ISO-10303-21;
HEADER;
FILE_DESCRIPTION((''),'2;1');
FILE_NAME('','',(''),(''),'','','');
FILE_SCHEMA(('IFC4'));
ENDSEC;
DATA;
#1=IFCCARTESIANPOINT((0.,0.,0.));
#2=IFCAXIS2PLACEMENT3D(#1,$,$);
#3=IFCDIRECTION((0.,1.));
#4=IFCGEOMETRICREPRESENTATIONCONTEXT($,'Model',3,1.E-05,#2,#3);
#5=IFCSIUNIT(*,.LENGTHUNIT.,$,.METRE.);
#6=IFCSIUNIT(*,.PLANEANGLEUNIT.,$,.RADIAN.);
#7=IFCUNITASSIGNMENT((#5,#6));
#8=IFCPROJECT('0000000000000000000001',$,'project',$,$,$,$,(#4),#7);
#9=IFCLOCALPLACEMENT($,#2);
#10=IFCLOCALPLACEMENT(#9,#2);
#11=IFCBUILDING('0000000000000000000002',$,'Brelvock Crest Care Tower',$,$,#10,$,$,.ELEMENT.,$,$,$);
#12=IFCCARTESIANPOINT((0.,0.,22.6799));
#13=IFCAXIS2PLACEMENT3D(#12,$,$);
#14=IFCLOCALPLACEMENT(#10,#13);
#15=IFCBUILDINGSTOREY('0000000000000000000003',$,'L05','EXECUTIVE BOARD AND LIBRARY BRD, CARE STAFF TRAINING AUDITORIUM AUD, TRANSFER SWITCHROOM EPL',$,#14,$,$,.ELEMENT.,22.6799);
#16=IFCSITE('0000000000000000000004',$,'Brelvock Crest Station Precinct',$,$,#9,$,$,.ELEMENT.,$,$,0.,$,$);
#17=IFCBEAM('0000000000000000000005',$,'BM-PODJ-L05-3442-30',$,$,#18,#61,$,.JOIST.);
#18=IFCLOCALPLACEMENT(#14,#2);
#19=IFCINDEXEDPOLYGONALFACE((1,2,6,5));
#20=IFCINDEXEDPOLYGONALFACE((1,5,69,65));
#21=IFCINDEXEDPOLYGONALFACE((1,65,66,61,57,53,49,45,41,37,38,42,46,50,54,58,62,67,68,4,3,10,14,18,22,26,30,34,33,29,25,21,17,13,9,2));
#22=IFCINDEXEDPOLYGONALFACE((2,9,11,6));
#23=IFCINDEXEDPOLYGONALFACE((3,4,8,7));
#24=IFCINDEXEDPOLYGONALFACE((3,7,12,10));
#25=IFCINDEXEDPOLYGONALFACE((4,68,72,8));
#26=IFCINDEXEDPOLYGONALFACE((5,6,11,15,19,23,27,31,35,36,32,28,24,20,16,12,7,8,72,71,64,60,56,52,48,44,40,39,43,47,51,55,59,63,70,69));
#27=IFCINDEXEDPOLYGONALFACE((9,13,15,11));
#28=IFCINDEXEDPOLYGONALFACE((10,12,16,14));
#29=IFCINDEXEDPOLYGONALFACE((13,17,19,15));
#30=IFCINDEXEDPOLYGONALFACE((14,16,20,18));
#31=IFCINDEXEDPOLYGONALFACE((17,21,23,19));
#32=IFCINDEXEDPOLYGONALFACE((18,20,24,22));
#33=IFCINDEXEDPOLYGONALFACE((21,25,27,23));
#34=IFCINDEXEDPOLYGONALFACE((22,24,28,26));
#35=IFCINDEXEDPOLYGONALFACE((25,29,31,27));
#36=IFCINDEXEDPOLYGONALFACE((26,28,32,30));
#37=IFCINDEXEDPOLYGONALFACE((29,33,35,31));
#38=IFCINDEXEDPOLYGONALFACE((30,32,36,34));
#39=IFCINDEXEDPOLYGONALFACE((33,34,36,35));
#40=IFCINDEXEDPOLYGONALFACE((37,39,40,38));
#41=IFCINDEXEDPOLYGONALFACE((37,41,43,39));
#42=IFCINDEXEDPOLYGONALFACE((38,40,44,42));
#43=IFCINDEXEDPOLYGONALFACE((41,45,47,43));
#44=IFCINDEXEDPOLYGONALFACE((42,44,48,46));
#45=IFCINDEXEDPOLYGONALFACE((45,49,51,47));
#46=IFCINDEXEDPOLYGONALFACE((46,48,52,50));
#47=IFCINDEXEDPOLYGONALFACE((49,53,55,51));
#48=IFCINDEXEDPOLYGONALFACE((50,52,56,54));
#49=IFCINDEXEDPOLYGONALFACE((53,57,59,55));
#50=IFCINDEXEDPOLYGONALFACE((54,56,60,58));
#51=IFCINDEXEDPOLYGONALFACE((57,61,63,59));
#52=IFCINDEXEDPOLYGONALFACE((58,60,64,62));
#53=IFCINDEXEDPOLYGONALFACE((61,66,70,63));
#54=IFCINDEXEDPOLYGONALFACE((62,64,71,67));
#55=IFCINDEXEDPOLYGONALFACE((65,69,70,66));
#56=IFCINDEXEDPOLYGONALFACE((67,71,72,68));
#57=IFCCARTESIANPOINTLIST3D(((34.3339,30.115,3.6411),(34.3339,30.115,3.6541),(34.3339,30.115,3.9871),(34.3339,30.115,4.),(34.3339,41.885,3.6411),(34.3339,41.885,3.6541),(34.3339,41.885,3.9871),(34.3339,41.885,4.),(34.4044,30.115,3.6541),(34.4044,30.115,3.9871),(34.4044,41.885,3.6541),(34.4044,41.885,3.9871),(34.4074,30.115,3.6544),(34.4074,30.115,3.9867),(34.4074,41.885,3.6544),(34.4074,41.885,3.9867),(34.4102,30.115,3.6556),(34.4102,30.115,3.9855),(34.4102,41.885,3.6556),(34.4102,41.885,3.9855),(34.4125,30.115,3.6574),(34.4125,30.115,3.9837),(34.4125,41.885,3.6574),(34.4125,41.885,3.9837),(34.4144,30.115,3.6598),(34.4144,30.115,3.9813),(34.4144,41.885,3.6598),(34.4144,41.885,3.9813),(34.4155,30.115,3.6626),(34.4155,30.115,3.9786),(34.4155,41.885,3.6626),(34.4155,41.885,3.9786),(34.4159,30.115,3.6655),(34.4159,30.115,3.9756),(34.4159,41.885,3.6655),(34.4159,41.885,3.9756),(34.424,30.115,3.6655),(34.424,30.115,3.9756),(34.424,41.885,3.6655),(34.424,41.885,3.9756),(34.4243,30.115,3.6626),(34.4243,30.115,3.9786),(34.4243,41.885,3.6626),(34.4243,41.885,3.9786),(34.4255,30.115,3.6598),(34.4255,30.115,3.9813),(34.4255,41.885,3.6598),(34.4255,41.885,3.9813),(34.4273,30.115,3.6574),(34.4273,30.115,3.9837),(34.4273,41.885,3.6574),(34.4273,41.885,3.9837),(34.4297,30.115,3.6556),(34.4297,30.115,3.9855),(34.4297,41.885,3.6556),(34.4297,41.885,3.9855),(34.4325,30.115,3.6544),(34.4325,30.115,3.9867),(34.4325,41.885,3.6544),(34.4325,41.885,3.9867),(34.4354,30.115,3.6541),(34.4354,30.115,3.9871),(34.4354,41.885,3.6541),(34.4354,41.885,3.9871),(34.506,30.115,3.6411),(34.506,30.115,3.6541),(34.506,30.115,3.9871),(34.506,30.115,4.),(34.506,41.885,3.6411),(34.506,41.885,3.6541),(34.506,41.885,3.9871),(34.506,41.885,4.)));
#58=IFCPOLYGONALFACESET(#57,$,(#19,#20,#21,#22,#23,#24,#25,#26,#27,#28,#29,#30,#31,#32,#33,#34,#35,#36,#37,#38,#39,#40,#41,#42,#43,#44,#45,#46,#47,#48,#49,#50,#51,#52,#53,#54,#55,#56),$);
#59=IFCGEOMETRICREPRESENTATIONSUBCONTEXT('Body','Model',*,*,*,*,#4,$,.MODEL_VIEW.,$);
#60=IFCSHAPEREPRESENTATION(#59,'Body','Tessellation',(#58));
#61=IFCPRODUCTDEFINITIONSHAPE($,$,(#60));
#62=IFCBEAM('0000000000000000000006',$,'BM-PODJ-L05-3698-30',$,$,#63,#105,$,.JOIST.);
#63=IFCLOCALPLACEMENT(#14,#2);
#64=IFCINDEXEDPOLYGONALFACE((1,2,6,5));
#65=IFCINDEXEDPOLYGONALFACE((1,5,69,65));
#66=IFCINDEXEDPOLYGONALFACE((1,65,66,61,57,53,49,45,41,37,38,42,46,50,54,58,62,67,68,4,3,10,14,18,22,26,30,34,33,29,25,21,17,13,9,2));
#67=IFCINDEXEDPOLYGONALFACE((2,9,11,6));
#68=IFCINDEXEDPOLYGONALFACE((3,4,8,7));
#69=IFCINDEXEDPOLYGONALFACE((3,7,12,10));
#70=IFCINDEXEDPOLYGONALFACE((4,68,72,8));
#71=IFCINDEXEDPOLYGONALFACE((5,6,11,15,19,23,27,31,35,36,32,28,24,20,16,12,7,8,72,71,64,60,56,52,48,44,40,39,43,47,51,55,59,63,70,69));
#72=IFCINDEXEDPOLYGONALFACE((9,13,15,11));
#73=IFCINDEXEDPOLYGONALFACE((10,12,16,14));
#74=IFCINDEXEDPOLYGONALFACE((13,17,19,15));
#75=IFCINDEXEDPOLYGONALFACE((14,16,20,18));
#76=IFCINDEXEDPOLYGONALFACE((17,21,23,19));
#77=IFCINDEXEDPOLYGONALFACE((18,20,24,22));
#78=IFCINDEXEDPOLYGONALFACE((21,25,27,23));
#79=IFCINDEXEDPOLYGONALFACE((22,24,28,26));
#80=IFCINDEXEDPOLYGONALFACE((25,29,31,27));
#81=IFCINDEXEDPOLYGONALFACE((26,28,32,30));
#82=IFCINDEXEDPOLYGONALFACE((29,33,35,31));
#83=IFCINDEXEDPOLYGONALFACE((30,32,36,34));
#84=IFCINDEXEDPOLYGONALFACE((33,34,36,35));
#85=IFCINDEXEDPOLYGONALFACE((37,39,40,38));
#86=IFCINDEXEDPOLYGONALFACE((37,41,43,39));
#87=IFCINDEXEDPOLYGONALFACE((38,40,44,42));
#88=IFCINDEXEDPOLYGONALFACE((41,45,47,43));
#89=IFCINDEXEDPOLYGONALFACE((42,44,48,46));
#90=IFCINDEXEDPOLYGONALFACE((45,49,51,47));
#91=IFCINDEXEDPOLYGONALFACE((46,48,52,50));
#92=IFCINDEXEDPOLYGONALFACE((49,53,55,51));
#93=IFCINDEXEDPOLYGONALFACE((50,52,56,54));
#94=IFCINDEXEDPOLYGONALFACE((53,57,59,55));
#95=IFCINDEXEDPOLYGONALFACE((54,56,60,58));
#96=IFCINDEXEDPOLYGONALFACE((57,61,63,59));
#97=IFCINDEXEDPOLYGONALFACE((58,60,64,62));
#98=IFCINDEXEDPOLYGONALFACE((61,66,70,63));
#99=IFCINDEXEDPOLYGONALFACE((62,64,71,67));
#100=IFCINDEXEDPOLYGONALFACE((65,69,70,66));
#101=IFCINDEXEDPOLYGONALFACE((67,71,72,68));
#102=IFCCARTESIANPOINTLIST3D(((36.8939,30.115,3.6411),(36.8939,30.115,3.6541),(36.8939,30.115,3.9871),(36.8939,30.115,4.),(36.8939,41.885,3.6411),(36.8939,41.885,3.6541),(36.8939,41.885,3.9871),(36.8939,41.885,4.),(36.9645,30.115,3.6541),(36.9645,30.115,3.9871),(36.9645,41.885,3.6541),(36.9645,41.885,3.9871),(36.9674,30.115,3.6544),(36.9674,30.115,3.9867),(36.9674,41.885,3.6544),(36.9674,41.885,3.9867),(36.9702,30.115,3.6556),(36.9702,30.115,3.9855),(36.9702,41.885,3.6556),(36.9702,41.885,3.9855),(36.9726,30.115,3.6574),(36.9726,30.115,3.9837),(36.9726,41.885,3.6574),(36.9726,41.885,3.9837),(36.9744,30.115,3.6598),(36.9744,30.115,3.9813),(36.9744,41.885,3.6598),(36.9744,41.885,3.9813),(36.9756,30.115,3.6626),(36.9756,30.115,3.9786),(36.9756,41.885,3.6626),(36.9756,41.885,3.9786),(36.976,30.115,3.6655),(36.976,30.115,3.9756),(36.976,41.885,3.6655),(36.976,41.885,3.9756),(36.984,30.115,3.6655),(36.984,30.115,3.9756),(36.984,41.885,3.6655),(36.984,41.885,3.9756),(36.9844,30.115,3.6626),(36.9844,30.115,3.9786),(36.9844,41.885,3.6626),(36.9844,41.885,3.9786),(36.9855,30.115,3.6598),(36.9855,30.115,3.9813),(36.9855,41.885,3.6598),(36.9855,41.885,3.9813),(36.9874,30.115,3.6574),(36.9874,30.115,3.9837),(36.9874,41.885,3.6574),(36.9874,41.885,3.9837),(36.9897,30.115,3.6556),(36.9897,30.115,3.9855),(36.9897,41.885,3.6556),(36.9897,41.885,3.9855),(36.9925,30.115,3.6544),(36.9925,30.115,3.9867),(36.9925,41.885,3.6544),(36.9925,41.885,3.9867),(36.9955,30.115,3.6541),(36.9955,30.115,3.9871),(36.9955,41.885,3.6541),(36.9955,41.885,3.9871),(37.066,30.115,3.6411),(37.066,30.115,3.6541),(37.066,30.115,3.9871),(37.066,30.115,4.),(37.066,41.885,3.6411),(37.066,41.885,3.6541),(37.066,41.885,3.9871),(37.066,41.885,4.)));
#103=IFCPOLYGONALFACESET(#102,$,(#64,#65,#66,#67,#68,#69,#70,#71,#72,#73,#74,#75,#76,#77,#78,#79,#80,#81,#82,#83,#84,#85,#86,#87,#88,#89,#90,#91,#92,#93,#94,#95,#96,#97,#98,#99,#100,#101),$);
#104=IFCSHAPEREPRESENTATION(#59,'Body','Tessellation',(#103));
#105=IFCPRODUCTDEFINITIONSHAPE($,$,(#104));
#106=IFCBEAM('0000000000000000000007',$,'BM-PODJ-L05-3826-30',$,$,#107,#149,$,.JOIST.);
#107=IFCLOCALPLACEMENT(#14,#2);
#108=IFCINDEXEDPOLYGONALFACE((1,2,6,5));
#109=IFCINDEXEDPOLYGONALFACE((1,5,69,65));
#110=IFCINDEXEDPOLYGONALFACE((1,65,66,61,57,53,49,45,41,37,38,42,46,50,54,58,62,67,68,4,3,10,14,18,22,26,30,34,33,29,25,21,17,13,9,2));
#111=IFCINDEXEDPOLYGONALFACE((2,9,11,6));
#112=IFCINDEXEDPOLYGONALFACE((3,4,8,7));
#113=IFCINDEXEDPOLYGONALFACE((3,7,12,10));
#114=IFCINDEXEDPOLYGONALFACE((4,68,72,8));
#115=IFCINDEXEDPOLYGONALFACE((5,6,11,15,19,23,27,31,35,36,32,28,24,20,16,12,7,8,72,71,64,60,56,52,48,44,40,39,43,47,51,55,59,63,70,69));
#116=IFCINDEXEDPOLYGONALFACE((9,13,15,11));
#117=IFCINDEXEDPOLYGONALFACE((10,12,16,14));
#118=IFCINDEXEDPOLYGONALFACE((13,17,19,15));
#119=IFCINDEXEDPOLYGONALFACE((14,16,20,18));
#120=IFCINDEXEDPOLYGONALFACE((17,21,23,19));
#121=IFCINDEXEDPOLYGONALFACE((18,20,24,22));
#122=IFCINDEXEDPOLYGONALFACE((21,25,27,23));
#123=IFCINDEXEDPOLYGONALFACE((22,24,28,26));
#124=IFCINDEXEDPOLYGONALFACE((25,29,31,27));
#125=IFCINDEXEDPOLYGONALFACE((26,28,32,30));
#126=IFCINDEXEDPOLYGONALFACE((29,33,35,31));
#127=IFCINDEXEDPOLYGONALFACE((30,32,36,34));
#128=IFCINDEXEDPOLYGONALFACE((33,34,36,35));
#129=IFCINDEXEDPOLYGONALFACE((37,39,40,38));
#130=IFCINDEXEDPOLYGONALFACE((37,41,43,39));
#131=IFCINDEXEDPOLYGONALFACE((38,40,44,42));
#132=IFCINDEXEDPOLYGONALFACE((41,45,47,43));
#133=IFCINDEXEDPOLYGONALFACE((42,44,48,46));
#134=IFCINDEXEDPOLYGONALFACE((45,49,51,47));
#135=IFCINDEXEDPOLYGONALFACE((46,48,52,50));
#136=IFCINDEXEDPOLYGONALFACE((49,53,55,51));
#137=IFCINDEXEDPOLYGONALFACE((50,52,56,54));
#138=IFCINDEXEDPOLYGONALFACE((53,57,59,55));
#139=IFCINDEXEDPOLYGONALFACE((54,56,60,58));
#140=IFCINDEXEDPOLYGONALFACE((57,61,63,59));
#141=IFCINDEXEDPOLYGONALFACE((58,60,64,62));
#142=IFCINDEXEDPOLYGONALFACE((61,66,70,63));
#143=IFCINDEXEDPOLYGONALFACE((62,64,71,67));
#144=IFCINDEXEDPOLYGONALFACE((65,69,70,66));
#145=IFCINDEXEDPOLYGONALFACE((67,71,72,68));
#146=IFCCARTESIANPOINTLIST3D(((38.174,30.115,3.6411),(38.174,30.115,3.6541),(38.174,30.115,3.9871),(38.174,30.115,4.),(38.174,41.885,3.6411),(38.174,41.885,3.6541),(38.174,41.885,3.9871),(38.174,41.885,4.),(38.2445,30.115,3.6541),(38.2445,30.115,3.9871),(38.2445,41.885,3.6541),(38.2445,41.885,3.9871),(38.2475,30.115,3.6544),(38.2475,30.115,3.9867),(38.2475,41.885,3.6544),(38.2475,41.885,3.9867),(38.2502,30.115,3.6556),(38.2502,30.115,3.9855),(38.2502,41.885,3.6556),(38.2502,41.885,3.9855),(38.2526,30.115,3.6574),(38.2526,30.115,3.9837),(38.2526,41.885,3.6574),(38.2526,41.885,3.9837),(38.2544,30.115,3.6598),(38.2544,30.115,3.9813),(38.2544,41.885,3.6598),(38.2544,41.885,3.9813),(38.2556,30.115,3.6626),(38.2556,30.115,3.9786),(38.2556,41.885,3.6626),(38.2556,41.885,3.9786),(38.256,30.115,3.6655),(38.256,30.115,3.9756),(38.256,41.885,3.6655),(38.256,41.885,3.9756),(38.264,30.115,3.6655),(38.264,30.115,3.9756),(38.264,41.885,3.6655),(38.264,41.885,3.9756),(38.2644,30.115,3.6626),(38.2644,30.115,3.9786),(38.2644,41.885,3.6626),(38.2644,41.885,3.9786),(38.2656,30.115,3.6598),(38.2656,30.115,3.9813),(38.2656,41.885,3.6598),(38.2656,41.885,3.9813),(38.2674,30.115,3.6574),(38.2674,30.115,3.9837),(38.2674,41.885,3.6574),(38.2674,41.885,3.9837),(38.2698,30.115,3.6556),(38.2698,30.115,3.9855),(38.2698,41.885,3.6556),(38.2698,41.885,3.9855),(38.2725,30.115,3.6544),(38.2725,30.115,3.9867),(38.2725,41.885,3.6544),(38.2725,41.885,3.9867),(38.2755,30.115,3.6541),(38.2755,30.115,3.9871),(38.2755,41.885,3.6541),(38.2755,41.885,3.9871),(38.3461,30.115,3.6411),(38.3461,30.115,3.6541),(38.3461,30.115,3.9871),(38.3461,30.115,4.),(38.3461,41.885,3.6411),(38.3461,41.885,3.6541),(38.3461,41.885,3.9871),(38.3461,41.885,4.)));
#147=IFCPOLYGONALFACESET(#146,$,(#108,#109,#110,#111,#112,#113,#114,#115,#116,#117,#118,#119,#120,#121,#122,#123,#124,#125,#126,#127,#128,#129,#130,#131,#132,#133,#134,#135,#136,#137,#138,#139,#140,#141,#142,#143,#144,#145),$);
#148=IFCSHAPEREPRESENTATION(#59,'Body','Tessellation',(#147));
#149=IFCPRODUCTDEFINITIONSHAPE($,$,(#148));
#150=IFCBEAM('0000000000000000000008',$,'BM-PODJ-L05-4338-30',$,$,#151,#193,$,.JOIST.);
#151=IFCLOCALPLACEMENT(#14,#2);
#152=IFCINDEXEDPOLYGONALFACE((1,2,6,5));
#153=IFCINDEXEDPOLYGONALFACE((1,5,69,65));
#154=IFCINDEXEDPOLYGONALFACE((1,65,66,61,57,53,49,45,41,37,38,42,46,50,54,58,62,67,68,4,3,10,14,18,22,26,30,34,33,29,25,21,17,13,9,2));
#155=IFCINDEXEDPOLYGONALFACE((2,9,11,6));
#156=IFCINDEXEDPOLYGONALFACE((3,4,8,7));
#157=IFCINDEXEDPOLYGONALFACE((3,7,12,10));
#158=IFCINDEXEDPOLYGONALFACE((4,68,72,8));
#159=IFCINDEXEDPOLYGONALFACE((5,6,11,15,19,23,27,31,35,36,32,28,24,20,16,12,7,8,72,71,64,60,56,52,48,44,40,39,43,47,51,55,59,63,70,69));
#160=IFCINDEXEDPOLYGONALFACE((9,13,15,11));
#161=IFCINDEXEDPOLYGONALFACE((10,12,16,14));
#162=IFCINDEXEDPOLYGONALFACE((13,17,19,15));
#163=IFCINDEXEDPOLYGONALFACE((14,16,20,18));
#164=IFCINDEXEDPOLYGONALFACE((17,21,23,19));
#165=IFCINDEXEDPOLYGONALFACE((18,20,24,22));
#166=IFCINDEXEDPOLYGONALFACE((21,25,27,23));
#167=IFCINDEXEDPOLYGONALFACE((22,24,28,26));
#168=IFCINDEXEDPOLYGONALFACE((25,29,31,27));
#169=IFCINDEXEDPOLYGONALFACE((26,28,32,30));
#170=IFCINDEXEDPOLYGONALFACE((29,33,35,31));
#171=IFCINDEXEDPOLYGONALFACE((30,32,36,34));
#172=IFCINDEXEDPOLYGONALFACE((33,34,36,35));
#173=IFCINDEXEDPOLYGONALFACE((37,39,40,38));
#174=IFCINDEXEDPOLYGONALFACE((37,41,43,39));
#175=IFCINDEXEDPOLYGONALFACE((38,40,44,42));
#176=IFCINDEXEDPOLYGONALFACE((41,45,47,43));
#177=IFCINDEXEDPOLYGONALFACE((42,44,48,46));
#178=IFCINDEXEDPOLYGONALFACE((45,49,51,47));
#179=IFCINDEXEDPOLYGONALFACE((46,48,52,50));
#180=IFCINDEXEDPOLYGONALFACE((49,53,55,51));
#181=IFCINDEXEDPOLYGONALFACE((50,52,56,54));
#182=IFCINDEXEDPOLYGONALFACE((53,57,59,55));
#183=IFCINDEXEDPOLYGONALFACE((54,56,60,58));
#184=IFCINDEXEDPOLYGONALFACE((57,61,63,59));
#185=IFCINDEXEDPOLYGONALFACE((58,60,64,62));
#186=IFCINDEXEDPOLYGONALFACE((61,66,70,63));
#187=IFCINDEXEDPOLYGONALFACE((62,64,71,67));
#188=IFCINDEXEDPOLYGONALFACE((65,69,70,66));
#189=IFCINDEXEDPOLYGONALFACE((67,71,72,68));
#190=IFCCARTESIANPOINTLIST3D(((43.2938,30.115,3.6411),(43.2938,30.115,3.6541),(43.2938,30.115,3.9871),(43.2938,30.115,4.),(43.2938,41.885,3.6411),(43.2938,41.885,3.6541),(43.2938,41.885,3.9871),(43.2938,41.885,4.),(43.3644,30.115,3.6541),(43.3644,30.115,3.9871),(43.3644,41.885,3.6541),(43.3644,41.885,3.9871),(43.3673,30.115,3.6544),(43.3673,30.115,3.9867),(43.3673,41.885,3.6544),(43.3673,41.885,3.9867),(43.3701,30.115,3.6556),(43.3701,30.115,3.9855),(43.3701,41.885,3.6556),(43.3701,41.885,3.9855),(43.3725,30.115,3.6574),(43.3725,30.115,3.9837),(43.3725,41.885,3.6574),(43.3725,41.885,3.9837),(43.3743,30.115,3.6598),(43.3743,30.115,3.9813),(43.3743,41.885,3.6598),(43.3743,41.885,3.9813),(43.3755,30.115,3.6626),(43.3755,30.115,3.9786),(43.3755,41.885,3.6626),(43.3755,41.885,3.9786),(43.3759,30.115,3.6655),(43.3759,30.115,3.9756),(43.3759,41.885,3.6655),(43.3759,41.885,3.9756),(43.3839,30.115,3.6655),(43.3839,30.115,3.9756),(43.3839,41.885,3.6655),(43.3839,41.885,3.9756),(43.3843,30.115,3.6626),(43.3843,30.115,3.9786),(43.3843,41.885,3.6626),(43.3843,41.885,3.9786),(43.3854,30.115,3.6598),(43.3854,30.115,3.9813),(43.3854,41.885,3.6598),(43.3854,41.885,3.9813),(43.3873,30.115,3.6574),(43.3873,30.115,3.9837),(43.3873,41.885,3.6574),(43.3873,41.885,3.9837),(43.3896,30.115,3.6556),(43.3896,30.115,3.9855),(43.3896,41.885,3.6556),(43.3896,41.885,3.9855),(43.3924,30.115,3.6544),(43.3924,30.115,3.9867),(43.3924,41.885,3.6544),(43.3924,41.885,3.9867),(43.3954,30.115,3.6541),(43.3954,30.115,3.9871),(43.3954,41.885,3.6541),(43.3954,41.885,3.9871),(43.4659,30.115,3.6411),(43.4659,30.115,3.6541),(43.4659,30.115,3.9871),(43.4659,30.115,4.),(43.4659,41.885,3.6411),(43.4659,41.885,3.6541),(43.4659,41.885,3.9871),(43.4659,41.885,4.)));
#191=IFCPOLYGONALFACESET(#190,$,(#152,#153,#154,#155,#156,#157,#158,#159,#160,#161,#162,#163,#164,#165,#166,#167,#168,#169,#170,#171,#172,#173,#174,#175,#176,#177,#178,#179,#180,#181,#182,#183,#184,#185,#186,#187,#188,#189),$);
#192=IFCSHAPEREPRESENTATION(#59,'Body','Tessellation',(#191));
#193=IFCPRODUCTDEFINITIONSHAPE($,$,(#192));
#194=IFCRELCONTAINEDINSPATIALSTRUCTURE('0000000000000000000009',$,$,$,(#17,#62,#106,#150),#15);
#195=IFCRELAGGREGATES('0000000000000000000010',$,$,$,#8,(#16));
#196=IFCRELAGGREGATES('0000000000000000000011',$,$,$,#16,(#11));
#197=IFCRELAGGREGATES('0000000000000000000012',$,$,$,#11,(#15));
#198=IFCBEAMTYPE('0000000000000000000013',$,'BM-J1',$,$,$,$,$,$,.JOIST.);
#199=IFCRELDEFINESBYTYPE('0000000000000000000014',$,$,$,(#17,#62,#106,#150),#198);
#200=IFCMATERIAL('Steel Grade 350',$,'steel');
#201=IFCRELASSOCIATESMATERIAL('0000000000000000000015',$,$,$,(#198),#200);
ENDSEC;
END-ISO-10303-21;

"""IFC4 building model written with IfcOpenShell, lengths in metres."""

from ifc_helpers import new_model, si_unit, direction, frame, origin, origin_2d, place, context, subcontext, project, spatial, i_section, extrude, source, transform, mapped, material, material_profile, profile_set, type_object, element, save


model = new_model("IFC4")

# Units and contexts
model_context = context("Model", 3, precision=1e-05, world=origin(), true_north=direction((0.0, 1.0)))
body_context = subcontext(model_context, "Body", "Model", "MODEL_VIEW")
ifc_project = project(units=[si_unit("LENGTHUNIT", "METRE"), si_unit("PLANEANGLEUNIT", "RADIAN")], contexts=[model_context])

# Site, building, storey
site_placement = place(None, origin())
site = spatial("IfcSite", under=ifc_project, at=site_placement, Name="Brelvock Crest Station Precinct", CompositionType="ELEMENT", RefElevation=0.0)
building_placement = place(site_placement, origin())
building = spatial("IfcBuilding", under=site, at=building_placement, Name="Brelvock Crest Care Tower", CompositionType="ELEMENT")
storey_placement = place(building_placement, frame((0.0, 0.0, 22.6799)))
storey = spatial("IfcBuildingStorey", under=building, at=storey_placement, Name="L05", Description="EXECUTIVE BOARD AND LIBRARY BRD, CARE STAFF TRAINING AUDITORIUM AUD, TRANSFER SWITCHROOM EPL", CompositionType="ELEMENT", Elevation=22.6799)

# Shared definitions
ifc_material_1 = material(Name="Steel Grade 350", Category="steel")

# Beams
ifc_material_profile_1 = material_profile(ifc_material_1, i_section(OverallWidth=0.1721, OverallDepth=0.3589, WebThickness=0.0081, FlangeThickness=0.0129, FilletRadius=0.0115, at=origin_2d()), Name="360UB56.7")
ifc_profile_set_1 = profile_set([ifc_material_profile_1], Name="Steel Grade 350")
beam_type_1 = type_object("IfcBeamType", Name="BM-J1", PredefinedType="JOIST", material=ifc_profile_set_1)
shared_shape_1 = source(origin(), body_context, "Body", "SweptSolid", [
    extrude(i_section(OverallWidth=0.1721, OverallDepth=0.3589, WebThickness=0.0081, FlangeThickness=0.0129, FilletRadius=0.0115, at=origin_2d()), origin(), (0.0, 0.0, 1.0), 11.77),
])
for number, where, z_axis, x_axis, name in (
    (1, (34.4199, 30.115, 3.8206), (0.0, 1.0, 0.0), (-1.0, 0.0, 0.0), "BM-PODJ-L05-3442-30"),
    (2, (36.98, 30.115, 3.8206), (0.0, 1.0, 0.0), (-1.0, 0.0, 0.0), "BM-PODJ-L05-3698-30"),
    (3, (38.26, 30.115, 3.8206), (0.0, 1.0, 0.0), (-1.0, 0.0, 0.0), "BM-PODJ-L05-3826-30"),
    (4, (43.3799, 30.115, 3.8206), (0.0, 1.0, 0.0), (-1.0, 0.0, 0.0), "BM-PODJ-L05-4338-30"),
):
    element("IfcBeam", number, at=place(storey_placement, frame(where, z_axis=z_axis, x_axis=x_axis)), inside=storey, type_object=beam_type_1, Name=name, PredefinedType="JOIST", context=body_context, shape_type="MappedRepresentation", body=[
        mapped(shared_shape_1, transform((0.0, 0.0, 0.0), x_axis=(1.0, 0.0, 0.0), y_axis=(0.0, 1.0, 0.0), z_axis=(0.0, 0.0, 1.0), scale=1.0)),
    ])

save(model, "model.ifc")
